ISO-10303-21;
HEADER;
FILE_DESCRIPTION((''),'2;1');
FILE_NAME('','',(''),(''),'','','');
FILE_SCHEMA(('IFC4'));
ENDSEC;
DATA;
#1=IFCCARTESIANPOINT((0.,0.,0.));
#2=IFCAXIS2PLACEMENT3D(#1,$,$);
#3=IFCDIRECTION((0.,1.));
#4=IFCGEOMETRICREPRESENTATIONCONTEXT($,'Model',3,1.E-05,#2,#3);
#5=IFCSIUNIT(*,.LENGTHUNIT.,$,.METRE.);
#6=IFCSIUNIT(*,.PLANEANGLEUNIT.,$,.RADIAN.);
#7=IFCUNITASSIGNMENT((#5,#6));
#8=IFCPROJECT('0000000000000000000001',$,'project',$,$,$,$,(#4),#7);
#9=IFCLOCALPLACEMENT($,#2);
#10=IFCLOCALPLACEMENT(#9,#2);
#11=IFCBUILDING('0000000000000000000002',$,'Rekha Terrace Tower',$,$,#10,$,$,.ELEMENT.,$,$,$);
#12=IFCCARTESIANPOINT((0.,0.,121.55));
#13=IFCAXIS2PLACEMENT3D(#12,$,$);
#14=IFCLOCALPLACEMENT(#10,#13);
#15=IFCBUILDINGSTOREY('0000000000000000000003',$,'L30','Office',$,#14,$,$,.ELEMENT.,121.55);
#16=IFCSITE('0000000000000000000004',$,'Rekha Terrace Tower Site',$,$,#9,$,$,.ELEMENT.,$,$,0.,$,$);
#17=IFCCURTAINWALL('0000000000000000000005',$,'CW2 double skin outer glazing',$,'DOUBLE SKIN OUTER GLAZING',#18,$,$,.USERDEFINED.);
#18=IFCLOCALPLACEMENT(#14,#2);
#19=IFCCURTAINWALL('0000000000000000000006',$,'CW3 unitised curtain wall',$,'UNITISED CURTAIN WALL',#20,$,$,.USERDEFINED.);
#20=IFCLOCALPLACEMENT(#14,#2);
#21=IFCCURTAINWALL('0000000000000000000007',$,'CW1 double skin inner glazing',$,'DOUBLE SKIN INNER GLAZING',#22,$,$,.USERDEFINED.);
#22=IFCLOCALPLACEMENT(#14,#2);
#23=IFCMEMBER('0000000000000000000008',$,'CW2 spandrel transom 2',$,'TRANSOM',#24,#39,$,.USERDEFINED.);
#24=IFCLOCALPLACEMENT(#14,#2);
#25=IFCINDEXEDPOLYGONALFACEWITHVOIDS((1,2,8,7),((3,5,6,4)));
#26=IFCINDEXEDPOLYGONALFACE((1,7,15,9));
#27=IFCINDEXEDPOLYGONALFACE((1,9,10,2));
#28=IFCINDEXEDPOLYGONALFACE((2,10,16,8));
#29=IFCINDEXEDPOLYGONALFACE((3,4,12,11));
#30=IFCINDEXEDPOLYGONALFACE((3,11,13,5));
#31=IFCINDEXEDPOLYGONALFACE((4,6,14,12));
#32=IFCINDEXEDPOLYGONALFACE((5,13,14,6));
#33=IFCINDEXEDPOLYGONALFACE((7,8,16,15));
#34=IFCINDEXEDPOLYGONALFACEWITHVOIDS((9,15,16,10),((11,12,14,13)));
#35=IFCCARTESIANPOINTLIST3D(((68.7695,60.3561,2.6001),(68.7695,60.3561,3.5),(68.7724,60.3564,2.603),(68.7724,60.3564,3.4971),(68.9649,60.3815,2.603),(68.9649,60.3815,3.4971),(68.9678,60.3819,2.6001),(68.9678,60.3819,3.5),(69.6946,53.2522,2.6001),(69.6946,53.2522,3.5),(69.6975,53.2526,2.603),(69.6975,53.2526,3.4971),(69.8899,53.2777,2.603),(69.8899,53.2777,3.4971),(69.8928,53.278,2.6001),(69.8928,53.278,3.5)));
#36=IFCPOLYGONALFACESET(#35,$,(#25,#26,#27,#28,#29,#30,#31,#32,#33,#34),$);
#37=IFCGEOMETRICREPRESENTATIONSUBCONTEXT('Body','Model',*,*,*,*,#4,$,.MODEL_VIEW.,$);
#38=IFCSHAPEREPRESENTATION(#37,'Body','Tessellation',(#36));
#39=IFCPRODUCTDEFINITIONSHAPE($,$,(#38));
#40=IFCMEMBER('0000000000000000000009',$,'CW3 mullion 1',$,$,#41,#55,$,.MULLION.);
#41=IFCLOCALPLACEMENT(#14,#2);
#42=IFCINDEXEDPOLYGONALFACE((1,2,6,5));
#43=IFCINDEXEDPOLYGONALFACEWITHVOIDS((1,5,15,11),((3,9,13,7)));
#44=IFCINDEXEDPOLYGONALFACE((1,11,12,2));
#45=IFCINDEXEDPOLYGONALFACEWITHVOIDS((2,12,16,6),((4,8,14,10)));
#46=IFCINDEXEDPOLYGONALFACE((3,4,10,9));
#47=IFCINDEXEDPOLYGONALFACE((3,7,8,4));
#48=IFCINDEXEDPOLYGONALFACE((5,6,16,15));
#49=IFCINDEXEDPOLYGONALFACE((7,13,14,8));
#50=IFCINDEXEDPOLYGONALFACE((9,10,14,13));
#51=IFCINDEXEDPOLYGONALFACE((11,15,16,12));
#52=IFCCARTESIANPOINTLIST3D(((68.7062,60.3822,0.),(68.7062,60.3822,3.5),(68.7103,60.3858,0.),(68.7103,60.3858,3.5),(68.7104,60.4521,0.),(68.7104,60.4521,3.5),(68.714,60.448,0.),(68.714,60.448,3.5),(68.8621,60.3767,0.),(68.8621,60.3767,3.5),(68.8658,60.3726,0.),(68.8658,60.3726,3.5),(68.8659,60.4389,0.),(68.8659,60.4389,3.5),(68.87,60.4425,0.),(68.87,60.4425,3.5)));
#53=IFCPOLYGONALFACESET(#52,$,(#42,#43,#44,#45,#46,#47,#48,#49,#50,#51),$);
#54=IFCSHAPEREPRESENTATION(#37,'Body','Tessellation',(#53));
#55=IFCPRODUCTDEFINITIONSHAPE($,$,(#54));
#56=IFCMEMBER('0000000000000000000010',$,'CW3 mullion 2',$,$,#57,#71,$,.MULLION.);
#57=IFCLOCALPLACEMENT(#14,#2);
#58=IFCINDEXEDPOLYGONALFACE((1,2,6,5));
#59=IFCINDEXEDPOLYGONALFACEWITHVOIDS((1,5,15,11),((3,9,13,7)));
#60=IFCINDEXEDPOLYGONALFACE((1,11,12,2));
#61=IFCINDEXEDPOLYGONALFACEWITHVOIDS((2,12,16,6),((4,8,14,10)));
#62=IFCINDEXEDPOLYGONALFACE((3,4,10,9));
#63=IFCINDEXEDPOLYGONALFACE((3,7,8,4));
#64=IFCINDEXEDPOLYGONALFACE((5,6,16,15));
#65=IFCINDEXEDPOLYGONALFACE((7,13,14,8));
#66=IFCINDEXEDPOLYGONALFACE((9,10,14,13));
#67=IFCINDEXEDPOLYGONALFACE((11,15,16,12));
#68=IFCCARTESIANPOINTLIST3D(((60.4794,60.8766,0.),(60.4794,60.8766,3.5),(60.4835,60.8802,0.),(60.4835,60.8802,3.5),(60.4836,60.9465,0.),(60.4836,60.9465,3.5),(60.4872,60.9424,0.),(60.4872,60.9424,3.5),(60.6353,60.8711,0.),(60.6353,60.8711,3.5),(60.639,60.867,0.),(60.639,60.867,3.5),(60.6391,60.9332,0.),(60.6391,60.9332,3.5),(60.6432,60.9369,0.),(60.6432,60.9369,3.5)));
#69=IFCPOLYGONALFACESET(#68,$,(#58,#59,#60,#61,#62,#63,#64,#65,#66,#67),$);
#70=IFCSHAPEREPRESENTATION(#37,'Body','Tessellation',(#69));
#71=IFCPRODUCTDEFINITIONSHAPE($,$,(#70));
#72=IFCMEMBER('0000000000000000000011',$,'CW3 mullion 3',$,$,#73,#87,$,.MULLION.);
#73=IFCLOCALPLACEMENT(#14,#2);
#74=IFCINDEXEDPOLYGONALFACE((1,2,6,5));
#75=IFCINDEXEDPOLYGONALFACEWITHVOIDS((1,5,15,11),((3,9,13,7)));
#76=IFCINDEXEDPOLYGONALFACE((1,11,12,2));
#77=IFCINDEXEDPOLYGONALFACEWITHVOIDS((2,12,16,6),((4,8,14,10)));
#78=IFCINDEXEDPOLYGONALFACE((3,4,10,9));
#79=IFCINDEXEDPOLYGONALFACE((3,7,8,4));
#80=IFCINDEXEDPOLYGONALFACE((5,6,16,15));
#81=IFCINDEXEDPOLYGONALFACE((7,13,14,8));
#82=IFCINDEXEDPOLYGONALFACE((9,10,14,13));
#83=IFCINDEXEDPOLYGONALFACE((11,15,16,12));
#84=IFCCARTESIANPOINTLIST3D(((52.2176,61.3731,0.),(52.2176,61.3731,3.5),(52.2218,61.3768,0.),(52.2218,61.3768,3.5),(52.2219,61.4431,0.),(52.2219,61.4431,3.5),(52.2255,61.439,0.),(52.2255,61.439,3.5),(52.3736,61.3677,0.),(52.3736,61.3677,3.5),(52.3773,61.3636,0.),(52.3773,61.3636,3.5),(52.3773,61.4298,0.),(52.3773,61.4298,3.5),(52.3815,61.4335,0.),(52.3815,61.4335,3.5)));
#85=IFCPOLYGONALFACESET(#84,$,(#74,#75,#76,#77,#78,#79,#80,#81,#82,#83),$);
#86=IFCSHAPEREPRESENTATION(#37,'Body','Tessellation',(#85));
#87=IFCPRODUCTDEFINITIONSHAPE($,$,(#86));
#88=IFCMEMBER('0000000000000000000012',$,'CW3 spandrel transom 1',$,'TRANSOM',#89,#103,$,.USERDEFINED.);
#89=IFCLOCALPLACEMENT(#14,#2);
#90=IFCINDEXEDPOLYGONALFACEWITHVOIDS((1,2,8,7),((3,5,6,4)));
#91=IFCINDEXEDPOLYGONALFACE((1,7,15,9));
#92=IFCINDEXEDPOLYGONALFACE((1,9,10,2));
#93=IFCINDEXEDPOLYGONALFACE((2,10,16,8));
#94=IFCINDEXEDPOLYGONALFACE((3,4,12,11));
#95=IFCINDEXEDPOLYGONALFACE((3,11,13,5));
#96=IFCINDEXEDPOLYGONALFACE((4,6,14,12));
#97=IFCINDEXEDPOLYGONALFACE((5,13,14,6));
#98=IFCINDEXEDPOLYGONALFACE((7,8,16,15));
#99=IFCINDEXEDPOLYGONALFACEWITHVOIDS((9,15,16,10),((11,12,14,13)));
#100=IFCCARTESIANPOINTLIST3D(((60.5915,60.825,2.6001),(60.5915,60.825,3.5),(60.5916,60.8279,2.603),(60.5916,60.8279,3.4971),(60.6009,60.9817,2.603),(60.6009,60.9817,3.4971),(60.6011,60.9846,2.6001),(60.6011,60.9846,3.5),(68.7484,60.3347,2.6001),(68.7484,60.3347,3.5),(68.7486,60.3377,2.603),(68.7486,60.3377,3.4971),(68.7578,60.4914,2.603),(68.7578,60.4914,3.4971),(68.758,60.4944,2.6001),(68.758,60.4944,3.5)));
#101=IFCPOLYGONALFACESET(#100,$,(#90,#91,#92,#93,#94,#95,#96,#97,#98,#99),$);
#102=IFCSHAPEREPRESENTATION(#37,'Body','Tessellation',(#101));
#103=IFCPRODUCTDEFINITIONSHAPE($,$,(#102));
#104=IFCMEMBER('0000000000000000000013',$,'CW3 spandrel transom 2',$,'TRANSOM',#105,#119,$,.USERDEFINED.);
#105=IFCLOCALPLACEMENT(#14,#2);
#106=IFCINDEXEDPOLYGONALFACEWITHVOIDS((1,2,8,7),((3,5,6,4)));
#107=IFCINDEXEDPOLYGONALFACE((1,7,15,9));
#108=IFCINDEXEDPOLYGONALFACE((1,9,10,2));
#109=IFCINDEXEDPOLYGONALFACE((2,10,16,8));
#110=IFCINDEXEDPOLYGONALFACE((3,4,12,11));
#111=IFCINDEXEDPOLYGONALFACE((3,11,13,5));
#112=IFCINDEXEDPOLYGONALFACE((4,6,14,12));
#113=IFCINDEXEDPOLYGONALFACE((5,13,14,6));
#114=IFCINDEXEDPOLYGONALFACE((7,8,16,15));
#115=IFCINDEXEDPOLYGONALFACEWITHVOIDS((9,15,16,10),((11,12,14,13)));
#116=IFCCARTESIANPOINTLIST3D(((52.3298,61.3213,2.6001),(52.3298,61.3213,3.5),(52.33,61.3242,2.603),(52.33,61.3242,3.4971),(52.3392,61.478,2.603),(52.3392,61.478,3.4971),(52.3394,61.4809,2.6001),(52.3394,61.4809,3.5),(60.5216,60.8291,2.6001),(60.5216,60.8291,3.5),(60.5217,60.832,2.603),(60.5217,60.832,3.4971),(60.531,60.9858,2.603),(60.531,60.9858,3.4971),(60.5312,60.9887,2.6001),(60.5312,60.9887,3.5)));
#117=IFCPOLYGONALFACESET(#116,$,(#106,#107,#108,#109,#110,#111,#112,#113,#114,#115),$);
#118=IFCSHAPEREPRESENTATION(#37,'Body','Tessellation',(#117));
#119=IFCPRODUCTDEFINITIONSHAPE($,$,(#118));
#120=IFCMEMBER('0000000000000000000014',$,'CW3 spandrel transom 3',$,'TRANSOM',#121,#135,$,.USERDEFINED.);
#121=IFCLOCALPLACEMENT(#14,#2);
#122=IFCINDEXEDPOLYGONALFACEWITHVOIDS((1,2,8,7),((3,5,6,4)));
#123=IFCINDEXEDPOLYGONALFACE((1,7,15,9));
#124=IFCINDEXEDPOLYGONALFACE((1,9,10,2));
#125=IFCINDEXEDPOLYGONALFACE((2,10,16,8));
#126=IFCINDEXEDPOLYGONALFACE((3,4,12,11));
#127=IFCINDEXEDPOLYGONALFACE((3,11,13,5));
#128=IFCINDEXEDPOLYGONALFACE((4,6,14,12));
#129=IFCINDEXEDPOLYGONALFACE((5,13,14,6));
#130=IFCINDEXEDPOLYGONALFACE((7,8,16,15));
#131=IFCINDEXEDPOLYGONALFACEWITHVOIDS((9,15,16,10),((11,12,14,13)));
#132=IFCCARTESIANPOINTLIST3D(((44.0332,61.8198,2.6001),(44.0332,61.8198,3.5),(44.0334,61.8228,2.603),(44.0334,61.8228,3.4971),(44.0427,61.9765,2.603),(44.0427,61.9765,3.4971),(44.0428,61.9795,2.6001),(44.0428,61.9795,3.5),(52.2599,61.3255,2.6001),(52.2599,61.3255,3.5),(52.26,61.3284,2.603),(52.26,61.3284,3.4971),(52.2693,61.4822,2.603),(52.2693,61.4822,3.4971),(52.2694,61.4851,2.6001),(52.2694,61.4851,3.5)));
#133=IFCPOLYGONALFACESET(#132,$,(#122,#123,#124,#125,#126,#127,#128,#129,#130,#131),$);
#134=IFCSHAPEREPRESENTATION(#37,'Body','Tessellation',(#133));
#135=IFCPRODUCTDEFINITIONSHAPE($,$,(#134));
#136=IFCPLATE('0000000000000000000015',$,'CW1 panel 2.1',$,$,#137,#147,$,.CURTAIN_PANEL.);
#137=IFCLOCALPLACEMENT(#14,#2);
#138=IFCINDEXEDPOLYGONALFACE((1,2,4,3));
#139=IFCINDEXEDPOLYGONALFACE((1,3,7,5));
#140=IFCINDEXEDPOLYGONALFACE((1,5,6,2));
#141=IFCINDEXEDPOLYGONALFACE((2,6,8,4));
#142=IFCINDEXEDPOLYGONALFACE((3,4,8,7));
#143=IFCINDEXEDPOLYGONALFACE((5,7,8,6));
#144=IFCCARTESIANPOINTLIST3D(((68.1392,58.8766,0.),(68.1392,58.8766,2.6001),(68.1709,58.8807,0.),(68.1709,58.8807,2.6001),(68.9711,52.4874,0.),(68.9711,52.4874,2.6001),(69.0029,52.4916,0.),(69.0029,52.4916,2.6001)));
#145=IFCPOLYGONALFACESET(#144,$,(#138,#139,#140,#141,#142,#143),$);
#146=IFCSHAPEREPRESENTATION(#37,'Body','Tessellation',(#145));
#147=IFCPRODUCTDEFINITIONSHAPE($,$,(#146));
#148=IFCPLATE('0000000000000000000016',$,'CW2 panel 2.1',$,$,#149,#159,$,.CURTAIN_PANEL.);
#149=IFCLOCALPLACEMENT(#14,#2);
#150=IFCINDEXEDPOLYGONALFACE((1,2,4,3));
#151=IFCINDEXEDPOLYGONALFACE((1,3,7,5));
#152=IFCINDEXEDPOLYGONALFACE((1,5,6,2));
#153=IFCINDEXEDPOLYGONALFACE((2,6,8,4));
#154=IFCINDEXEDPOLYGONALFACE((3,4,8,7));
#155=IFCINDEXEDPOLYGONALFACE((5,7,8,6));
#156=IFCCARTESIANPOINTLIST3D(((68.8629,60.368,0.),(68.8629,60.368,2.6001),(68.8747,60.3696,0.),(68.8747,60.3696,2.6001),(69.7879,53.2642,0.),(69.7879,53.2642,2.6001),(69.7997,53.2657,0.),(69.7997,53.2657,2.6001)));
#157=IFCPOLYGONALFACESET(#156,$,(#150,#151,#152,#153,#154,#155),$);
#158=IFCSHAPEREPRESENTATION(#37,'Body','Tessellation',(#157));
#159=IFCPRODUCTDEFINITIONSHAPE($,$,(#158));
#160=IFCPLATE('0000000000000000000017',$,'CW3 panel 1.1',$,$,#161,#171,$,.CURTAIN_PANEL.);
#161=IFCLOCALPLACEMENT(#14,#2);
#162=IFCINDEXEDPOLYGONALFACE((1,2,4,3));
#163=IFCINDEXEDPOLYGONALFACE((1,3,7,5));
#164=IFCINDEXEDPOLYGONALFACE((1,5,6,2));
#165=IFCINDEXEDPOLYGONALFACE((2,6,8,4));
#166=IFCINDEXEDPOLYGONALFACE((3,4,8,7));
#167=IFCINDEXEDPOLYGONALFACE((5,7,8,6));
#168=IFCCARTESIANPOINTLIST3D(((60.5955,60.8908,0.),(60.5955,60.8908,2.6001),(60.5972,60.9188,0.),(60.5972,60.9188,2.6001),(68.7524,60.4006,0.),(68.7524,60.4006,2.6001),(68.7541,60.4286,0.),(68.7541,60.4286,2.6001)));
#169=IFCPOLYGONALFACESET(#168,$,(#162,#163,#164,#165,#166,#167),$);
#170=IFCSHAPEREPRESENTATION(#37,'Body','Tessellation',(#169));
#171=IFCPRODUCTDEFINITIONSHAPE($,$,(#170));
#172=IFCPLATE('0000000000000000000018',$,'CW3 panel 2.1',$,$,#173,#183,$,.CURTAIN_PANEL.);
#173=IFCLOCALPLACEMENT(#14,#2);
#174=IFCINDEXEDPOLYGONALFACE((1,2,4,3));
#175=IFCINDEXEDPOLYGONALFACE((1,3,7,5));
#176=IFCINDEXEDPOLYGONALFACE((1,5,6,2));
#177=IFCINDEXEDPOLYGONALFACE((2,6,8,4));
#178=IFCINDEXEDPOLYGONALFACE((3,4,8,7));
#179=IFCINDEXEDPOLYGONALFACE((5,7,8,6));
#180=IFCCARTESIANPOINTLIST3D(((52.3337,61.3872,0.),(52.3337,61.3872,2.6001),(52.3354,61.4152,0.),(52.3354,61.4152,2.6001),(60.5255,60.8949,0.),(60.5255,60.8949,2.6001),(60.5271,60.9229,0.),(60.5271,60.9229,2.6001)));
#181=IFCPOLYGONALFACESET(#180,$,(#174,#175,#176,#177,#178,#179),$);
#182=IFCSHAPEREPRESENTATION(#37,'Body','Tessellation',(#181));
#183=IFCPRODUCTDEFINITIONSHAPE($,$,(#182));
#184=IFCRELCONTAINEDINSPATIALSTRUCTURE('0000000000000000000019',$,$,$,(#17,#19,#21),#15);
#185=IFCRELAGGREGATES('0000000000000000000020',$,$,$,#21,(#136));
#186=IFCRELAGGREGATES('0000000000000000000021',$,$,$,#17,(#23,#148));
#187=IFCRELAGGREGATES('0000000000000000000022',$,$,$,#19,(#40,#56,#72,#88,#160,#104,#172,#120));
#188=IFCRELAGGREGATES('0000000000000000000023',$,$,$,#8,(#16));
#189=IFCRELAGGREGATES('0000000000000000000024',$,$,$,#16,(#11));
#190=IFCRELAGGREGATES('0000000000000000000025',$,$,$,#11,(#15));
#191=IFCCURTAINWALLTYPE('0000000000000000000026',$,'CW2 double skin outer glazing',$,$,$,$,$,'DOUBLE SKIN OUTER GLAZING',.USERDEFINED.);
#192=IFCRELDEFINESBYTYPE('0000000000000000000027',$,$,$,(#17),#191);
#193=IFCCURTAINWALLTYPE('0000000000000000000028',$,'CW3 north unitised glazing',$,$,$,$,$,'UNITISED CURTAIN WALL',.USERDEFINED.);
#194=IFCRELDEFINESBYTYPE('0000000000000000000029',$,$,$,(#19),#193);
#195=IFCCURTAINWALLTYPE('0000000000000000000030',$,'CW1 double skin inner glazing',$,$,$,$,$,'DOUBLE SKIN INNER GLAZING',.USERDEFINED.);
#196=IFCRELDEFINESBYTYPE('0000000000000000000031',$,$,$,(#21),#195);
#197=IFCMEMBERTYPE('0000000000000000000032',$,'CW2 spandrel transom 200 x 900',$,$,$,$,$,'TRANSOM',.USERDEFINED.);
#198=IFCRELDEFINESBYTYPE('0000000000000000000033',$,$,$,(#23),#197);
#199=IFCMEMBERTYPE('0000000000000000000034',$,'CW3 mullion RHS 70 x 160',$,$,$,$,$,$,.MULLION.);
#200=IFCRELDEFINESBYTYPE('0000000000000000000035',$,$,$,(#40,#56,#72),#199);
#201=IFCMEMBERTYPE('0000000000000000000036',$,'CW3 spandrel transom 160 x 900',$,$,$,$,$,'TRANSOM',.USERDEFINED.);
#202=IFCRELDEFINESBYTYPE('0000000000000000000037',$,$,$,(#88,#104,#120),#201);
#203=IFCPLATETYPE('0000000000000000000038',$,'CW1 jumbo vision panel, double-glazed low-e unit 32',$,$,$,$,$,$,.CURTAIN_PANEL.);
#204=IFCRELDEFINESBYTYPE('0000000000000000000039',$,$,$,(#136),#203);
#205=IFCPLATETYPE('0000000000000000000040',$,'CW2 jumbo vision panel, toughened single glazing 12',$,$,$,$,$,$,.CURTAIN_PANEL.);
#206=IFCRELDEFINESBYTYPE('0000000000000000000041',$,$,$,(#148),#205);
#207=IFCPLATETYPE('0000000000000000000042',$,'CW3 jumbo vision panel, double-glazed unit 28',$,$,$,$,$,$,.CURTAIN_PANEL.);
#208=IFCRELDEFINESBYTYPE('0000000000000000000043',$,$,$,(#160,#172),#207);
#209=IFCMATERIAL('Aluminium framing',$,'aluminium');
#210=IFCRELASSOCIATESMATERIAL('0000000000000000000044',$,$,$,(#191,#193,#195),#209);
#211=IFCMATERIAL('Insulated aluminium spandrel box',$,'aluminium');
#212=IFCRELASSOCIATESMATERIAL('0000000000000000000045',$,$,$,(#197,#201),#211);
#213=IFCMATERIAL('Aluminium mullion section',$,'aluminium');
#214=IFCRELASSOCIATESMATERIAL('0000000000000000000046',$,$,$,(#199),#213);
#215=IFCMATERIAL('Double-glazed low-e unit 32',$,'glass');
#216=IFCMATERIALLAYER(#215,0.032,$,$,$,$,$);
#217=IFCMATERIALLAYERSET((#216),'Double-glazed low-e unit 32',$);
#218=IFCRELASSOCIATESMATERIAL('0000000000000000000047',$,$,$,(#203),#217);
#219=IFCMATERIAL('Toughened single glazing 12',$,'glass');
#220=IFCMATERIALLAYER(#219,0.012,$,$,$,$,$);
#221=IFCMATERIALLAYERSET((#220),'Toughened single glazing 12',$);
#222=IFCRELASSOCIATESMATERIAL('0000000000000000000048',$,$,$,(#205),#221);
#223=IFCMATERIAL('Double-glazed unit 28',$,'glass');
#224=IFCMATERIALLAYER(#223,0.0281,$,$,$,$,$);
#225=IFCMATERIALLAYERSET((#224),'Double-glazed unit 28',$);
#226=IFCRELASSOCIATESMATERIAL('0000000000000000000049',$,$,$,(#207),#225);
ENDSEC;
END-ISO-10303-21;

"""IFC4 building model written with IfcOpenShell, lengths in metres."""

from ifc_helpers import new_model, si_unit, direction, frame, origin, origin_2d, place, context, subcontext, project, spatial, rectangle, hollow_rectangle, extrude, material, layer, layer_set, material_profile, profile_set, type_object, element, aggregate, save


model = new_model("IFC4")

# Units and contexts
model_context = context("Model", 3, precision=1e-05, world=origin(), true_north=direction((0.0, 1.0)))
body_context = subcontext(model_context, "Body", "Model", "MODEL_VIEW")
ifc_project = project(units=[si_unit("LENGTHUNIT", "METRE"), si_unit("PLANEANGLEUNIT", "RADIAN")], contexts=[model_context])

# Site, building, storey
site_placement = place(None, origin())
site = spatial("IfcSite", under=ifc_project, at=site_placement, Name="Rekha Terrace Tower Site", CompositionType="ELEMENT", RefElevation=0.0)
building_placement = place(site_placement, origin())
building = spatial("IfcBuilding", under=site, at=building_placement, Name="Rekha Terrace Tower", CompositionType="ELEMENT")
storey_placement = place(building_placement, frame((0.0, 0.0, 121.55)))
storey = spatial("IfcBuildingStorey", under=building, at=storey_placement, Name="L30", Description="Office", CompositionType="ELEMENT", Elevation=121.55)

# Curtain wall
ifc_material_1 = material(Name="Aluminium framing", Category="aluminium")
curtain_wall_type_1 = type_object("IfcCurtainWallType", Name="CW2 double skin outer glazing", ElementType="DOUBLE SKIN OUTER GLAZING", PredefinedType="USERDEFINED", material=ifc_material_1)
curtain_wall_1_placement = place(storey_placement, origin())
curtain_wall_1 = element("IfcCurtainWall", 1, at=curtain_wall_1_placement, inside=storey, type_object=curtain_wall_type_1, Name="CW2 double skin outer glazing", ObjectType="DOUBLE SKIN OUTER GLAZING", PredefinedType="USERDEFINED")

# Curtain walls
curtain_wall_type_2 = type_object("IfcCurtainWallType", Name="CW3 north unitised glazing", ElementType="UNITISED CURTAIN WALL", PredefinedType="USERDEFINED", material=ifc_material_1)
curtain_wall_2_placement = place(storey_placement, origin())
curtain_wall_2 = element("IfcCurtainWall", 2, at=curtain_wall_2_placement, inside=storey, type_object=curtain_wall_type_2, Name="CW3 unitised curtain wall", ObjectType="UNITISED CURTAIN WALL", PredefinedType="USERDEFINED")
curtain_wall_type_3 = type_object("IfcCurtainWallType", Name="CW1 double skin inner glazing", ElementType="DOUBLE SKIN INNER GLAZING", PredefinedType="USERDEFINED", material=ifc_material_1)
curtain_wall_3_placement = place(storey_placement, origin())
curtain_wall_3 = element("IfcCurtainWall", 3, at=curtain_wall_3_placement, inside=storey, type_object=curtain_wall_type_3, Name="CW1 double skin inner glazing", ObjectType="DOUBLE SKIN INNER GLAZING", PredefinedType="USERDEFINED")
ifc_material_2 = material(Name="Aluminium mullion section", Category="aluminium")
ifc_material_3 = material(Name="Insulated aluminium spandrel box", Category="aluminium")

# Members
ifc_material_profile_1 = material_profile(ifc_material_3, hollow_rectangle(XDim=0.2, YDim=0.8999, WallThickness=0.0029, at=origin_2d()), Name="AL SPANDREL BOX 200x900")
ifc_profile_set_1 = profile_set([ifc_material_profile_1], Name="Insulated aluminium spandrel box")
member_type_1 = type_object("IfcMemberType", Name="CW2 spandrel transom 200 x 900", ElementType="TRANSOM", PredefinedType="USERDEFINED", material=ifc_profile_set_1)
member_1_placement = place(storey_placement, frame((69.7937, 53.2651, 3.05), z_axis=(-0.129129, 0.991628, 0.0), x_axis=(-0.991628, -0.129129, 0.0)))
member_1 = element("IfcMember", 4, at=member_1_placement, type_object=member_type_1, Name="CW2 spandrel transom 2", ObjectType="TRANSOM", PredefinedType="USERDEFINED", context=body_context, shape_type="SweptSolid", body=[
    extrude(hollow_rectangle(XDim=0.2, YDim=0.8999, WallThickness=0.0029, at=origin_2d()), origin(), (0.0, 0.0, 1.0), 7.1638),
])
ifc_material_profile_2 = material_profile(ifc_material_2, hollow_rectangle(XDim=0.0701, YDim=0.1599, WallThickness=0.0039, at=origin_2d()), Name="AL RHS 70x160")
ifc_profile_set_2 = profile_set([ifc_material_profile_2], Name="Aluminium mullion section")
member_type_2 = type_object("IfcMemberType", Name="CW3 mullion RHS 70 x 160", PredefinedType="MULLION", material=ifc_profile_set_2)
member_2_placement = place(storey_placement, frame((68.7881, 60.4124, 0.0), z_axis=(0.0, 0.0, 1.0), x_axis=(-0.059988, -0.998199, 0.0)))
member_2 = element("IfcMember", 5, at=member_2_placement, type_object=member_type_2, Name="CW3 mullion 1", PredefinedType="MULLION", context=body_context, shape_type="SweptSolid", body=[
    extrude(hollow_rectangle(XDim=0.0701, YDim=0.1599, WallThickness=0.0039, at=origin_2d()), origin(), (0.0, 0.0, 1.0), 3.5),
])
member_3_placement = place(storey_placement, frame((60.5613, 60.9067, 0.0), z_axis=(0.0, 0.0, 1.0), x_axis=(-0.059988, -0.998199, 0.0)))
member_3 = element("IfcMember", 6, at=member_3_placement, type_object=member_type_2, Name="CW3 mullion 2", PredefinedType="MULLION", context=body_context, shape_type="SweptSolid", body=[
    extrude(hollow_rectangle(XDim=0.0701, YDim=0.1599, WallThickness=0.0039, at=origin_2d()), origin(), (0.0, 0.0, 1.0), 3.5),
])
member_4_placement = place(storey_placement, frame((52.2996, 61.4033, 0.0), z_axis=(0.0, 0.0, 1.0), x_axis=(-0.059988, -0.998199, 0.0)))
member_4 = element("IfcMember", 7, at=member_4_placement, type_object=member_type_2, Name="CW3 mullion 3", PredefinedType="MULLION", context=body_context, shape_type="SweptSolid", body=[
    extrude(hollow_rectangle(XDim=0.0701, YDim=0.1599, WallThickness=0.0039, at=origin_2d()), origin(), (0.0, 0.0, 1.0), 3.5),
])
ifc_material_profile_3 = material_profile(ifc_material_3, hollow_rectangle(XDim=0.1599, YDim=0.8999, WallThickness=0.0029, at=origin_2d()), Name="AL SPANDREL BOX 160x900")
ifc_profile_set_3 = profile_set([ifc_material_profile_3], Name="Insulated aluminium spandrel box")
member_type_3 = type_object("IfcMemberType", Name="CW3 spandrel transom 160 x 900", ElementType="TRANSOM", PredefinedType="USERDEFINED", material=ifc_profile_set_3)
member_5_placement = place(storey_placement, frame((68.7532, 60.4146, 3.05), z_axis=(-0.998199, 0.059992, 0.0), x_axis=(-0.059992, -0.998199, 0.0)))
member_5 = element("IfcMember", 8, at=member_5_placement, type_object=member_type_3, Name="CW3 spandrel transom 1", ObjectType="TRANSOM", PredefinedType="USERDEFINED", context=body_context, shape_type="SweptSolid", body=[
    extrude(hollow_rectangle(XDim=0.1599, YDim=0.8999, WallThickness=0.0029, at=origin_2d()), origin(), (0.0, 0.0, 1.0), 8.1716),
])
member_6_placement = place(storey_placement, frame((60.5264, 60.9089, 3.05), z_axis=(-0.9982, 0.059976, 0.0), x_axis=(-0.059976, -0.9982, 0.0)))
member_6 = element("IfcMember", 9, at=member_6_placement, type_object=member_type_3, Name="CW3 spandrel transom 2", ObjectType="TRANSOM", PredefinedType="USERDEFINED", context=body_context, shape_type="SweptSolid", body=[
    extrude(hollow_rectangle(XDim=0.1599, YDim=0.8999, WallThickness=0.0029, at=origin_2d()), origin(), (0.0, 0.0, 1.0), 8.2065),
])
member_7_placement = place(storey_placement, frame((52.2646, 61.4053, 3.05), z_axis=(-0.998199, 0.059988, 0.0), x_axis=(-0.059988, -0.998199, 0.0)))
member_7 = element("IfcMember", 10, at=member_7_placement, type_object=member_type_3, Name="CW3 spandrel transom 3", ObjectType="TRANSOM", PredefinedType="USERDEFINED", context=body_context, shape_type="SweptSolid", body=[
    extrude(hollow_rectangle(XDim=0.1599, YDim=0.8999, WallThickness=0.0029, at=origin_2d()), origin(), (0.0, 0.0, 1.0), 8.2415),
])

# Plates
ifc_material_4 = material(Name="Double-glazed low-e unit 32", Category="glass")
ifc_layer_1 = layer(ifc_material_4, 0.032)
ifc_layer_set_1 = layer_set([ifc_layer_1], Name="Double-glazed low-e unit 32")
plate_type_1 = type_object("IfcPlateType", Name="CW1 jumbo vision panel, double-glazed low-e unit 32", PredefinedType="CURTAIN_PANEL", material=ifc_layer_set_1)
plate_1_placement = place(storey_placement, frame((68.571, 55.6841, 0.0), z_axis=(0.0, 0.0, 1.0), x_axis=(-0.129118, 0.991629, 0.0)))
plate_1 = element("IfcPlate", 11, at=plate_1_placement, type_object=plate_type_1, Name="CW1 panel 2.1", PredefinedType="CURTAIN_PANEL", context=body_context, shape_type="SweptSolid", body=[
    extrude(rectangle(XDim=6.4431, YDim=0.032, at=origin_2d()), origin(), (0.0, 0.0, 1.0), 2.6001),
])
aggregate(curtain_wall_3, [plate_1])
ifc_material_5 = material(Name="Toughened single glazing 12", Category="glass")
ifc_layer_2 = layer(ifc_material_5, 0.012)
ifc_layer_set_2 = layer_set([ifc_layer_2], Name="Toughened single glazing 12")
plate_type_2 = type_object("IfcPlateType", Name="CW2 jumbo vision panel, toughened single glazing 12", PredefinedType="CURTAIN_PANEL", material=ifc_layer_set_2)
plate_2_placement = place(storey_placement, frame((69.3313, 56.8169, 0.0), z_axis=(0.0, 0.0, 1.0), x_axis=(-0.129118, 0.991629, 0.0)))
plate_2 = element("IfcPlate", 12, at=plate_2_placement, type_object=plate_type_2, Name="CW2 panel 2.1", PredefinedType="CURTAIN_PANEL", context=body_context, shape_type="SweptSolid", body=[
    extrude(rectangle(XDim=7.1638, YDim=0.012, at=origin_2d()), origin(), (0.0, 0.0, 1.0), 2.6001),
])
aggregate(curtain_wall_1, [member_1, plate_2])
ifc_material_6 = material(Name="Double-glazed unit 28", Category="glass")
ifc_layer_3 = layer(ifc_material_6, 0.0281)
ifc_layer_set_3 = layer_set([ifc_layer_3], Name="Double-glazed unit 28")
plate_type_3 = type_object("IfcPlateType", Name="CW3 jumbo vision panel, double-glazed unit 28", PredefinedType="CURTAIN_PANEL", material=ifc_layer_set_3)
plate_3_placement = place(storey_placement, frame((64.6748, 60.6597, 0.0), z_axis=(0.0, 0.0, 1.0), x_axis=(-0.998199, 0.059988, 0.0)))
plate_3 = element("IfcPlate", 13, at=plate_3_placement, type_object=plate_type_3, Name="CW3 panel 1.1", PredefinedType="CURTAIN_PANEL", context=body_context, shape_type="SweptSolid", body=[
    extrude(rectangle(XDim=8.1716, YDim=0.0281, at=origin_2d()), origin(), (0.0, 0.0, 1.0), 2.6001),
])
plate_4_placement = place(storey_placement, frame((56.4304, 61.155, 0.0), z_axis=(0.0, 0.0, 1.0), x_axis=(-0.998199, 0.059988, 0.0)))
plate_4 = element("IfcPlate", 14, at=plate_4_placement, type_object=plate_type_3, Name="CW3 panel 2.1", PredefinedType="CURTAIN_PANEL", context=body_context, shape_type="SweptSolid", body=[
    extrude(rectangle(XDim=8.2065, YDim=0.0281, at=origin_2d()), origin(), (0.0, 0.0, 1.0), 2.6001),
])
aggregate(curtain_wall_2, [member_2, member_3, member_4, member_5, plate_3, member_6, plate_4, member_7])

save(model, "model.ifc")
